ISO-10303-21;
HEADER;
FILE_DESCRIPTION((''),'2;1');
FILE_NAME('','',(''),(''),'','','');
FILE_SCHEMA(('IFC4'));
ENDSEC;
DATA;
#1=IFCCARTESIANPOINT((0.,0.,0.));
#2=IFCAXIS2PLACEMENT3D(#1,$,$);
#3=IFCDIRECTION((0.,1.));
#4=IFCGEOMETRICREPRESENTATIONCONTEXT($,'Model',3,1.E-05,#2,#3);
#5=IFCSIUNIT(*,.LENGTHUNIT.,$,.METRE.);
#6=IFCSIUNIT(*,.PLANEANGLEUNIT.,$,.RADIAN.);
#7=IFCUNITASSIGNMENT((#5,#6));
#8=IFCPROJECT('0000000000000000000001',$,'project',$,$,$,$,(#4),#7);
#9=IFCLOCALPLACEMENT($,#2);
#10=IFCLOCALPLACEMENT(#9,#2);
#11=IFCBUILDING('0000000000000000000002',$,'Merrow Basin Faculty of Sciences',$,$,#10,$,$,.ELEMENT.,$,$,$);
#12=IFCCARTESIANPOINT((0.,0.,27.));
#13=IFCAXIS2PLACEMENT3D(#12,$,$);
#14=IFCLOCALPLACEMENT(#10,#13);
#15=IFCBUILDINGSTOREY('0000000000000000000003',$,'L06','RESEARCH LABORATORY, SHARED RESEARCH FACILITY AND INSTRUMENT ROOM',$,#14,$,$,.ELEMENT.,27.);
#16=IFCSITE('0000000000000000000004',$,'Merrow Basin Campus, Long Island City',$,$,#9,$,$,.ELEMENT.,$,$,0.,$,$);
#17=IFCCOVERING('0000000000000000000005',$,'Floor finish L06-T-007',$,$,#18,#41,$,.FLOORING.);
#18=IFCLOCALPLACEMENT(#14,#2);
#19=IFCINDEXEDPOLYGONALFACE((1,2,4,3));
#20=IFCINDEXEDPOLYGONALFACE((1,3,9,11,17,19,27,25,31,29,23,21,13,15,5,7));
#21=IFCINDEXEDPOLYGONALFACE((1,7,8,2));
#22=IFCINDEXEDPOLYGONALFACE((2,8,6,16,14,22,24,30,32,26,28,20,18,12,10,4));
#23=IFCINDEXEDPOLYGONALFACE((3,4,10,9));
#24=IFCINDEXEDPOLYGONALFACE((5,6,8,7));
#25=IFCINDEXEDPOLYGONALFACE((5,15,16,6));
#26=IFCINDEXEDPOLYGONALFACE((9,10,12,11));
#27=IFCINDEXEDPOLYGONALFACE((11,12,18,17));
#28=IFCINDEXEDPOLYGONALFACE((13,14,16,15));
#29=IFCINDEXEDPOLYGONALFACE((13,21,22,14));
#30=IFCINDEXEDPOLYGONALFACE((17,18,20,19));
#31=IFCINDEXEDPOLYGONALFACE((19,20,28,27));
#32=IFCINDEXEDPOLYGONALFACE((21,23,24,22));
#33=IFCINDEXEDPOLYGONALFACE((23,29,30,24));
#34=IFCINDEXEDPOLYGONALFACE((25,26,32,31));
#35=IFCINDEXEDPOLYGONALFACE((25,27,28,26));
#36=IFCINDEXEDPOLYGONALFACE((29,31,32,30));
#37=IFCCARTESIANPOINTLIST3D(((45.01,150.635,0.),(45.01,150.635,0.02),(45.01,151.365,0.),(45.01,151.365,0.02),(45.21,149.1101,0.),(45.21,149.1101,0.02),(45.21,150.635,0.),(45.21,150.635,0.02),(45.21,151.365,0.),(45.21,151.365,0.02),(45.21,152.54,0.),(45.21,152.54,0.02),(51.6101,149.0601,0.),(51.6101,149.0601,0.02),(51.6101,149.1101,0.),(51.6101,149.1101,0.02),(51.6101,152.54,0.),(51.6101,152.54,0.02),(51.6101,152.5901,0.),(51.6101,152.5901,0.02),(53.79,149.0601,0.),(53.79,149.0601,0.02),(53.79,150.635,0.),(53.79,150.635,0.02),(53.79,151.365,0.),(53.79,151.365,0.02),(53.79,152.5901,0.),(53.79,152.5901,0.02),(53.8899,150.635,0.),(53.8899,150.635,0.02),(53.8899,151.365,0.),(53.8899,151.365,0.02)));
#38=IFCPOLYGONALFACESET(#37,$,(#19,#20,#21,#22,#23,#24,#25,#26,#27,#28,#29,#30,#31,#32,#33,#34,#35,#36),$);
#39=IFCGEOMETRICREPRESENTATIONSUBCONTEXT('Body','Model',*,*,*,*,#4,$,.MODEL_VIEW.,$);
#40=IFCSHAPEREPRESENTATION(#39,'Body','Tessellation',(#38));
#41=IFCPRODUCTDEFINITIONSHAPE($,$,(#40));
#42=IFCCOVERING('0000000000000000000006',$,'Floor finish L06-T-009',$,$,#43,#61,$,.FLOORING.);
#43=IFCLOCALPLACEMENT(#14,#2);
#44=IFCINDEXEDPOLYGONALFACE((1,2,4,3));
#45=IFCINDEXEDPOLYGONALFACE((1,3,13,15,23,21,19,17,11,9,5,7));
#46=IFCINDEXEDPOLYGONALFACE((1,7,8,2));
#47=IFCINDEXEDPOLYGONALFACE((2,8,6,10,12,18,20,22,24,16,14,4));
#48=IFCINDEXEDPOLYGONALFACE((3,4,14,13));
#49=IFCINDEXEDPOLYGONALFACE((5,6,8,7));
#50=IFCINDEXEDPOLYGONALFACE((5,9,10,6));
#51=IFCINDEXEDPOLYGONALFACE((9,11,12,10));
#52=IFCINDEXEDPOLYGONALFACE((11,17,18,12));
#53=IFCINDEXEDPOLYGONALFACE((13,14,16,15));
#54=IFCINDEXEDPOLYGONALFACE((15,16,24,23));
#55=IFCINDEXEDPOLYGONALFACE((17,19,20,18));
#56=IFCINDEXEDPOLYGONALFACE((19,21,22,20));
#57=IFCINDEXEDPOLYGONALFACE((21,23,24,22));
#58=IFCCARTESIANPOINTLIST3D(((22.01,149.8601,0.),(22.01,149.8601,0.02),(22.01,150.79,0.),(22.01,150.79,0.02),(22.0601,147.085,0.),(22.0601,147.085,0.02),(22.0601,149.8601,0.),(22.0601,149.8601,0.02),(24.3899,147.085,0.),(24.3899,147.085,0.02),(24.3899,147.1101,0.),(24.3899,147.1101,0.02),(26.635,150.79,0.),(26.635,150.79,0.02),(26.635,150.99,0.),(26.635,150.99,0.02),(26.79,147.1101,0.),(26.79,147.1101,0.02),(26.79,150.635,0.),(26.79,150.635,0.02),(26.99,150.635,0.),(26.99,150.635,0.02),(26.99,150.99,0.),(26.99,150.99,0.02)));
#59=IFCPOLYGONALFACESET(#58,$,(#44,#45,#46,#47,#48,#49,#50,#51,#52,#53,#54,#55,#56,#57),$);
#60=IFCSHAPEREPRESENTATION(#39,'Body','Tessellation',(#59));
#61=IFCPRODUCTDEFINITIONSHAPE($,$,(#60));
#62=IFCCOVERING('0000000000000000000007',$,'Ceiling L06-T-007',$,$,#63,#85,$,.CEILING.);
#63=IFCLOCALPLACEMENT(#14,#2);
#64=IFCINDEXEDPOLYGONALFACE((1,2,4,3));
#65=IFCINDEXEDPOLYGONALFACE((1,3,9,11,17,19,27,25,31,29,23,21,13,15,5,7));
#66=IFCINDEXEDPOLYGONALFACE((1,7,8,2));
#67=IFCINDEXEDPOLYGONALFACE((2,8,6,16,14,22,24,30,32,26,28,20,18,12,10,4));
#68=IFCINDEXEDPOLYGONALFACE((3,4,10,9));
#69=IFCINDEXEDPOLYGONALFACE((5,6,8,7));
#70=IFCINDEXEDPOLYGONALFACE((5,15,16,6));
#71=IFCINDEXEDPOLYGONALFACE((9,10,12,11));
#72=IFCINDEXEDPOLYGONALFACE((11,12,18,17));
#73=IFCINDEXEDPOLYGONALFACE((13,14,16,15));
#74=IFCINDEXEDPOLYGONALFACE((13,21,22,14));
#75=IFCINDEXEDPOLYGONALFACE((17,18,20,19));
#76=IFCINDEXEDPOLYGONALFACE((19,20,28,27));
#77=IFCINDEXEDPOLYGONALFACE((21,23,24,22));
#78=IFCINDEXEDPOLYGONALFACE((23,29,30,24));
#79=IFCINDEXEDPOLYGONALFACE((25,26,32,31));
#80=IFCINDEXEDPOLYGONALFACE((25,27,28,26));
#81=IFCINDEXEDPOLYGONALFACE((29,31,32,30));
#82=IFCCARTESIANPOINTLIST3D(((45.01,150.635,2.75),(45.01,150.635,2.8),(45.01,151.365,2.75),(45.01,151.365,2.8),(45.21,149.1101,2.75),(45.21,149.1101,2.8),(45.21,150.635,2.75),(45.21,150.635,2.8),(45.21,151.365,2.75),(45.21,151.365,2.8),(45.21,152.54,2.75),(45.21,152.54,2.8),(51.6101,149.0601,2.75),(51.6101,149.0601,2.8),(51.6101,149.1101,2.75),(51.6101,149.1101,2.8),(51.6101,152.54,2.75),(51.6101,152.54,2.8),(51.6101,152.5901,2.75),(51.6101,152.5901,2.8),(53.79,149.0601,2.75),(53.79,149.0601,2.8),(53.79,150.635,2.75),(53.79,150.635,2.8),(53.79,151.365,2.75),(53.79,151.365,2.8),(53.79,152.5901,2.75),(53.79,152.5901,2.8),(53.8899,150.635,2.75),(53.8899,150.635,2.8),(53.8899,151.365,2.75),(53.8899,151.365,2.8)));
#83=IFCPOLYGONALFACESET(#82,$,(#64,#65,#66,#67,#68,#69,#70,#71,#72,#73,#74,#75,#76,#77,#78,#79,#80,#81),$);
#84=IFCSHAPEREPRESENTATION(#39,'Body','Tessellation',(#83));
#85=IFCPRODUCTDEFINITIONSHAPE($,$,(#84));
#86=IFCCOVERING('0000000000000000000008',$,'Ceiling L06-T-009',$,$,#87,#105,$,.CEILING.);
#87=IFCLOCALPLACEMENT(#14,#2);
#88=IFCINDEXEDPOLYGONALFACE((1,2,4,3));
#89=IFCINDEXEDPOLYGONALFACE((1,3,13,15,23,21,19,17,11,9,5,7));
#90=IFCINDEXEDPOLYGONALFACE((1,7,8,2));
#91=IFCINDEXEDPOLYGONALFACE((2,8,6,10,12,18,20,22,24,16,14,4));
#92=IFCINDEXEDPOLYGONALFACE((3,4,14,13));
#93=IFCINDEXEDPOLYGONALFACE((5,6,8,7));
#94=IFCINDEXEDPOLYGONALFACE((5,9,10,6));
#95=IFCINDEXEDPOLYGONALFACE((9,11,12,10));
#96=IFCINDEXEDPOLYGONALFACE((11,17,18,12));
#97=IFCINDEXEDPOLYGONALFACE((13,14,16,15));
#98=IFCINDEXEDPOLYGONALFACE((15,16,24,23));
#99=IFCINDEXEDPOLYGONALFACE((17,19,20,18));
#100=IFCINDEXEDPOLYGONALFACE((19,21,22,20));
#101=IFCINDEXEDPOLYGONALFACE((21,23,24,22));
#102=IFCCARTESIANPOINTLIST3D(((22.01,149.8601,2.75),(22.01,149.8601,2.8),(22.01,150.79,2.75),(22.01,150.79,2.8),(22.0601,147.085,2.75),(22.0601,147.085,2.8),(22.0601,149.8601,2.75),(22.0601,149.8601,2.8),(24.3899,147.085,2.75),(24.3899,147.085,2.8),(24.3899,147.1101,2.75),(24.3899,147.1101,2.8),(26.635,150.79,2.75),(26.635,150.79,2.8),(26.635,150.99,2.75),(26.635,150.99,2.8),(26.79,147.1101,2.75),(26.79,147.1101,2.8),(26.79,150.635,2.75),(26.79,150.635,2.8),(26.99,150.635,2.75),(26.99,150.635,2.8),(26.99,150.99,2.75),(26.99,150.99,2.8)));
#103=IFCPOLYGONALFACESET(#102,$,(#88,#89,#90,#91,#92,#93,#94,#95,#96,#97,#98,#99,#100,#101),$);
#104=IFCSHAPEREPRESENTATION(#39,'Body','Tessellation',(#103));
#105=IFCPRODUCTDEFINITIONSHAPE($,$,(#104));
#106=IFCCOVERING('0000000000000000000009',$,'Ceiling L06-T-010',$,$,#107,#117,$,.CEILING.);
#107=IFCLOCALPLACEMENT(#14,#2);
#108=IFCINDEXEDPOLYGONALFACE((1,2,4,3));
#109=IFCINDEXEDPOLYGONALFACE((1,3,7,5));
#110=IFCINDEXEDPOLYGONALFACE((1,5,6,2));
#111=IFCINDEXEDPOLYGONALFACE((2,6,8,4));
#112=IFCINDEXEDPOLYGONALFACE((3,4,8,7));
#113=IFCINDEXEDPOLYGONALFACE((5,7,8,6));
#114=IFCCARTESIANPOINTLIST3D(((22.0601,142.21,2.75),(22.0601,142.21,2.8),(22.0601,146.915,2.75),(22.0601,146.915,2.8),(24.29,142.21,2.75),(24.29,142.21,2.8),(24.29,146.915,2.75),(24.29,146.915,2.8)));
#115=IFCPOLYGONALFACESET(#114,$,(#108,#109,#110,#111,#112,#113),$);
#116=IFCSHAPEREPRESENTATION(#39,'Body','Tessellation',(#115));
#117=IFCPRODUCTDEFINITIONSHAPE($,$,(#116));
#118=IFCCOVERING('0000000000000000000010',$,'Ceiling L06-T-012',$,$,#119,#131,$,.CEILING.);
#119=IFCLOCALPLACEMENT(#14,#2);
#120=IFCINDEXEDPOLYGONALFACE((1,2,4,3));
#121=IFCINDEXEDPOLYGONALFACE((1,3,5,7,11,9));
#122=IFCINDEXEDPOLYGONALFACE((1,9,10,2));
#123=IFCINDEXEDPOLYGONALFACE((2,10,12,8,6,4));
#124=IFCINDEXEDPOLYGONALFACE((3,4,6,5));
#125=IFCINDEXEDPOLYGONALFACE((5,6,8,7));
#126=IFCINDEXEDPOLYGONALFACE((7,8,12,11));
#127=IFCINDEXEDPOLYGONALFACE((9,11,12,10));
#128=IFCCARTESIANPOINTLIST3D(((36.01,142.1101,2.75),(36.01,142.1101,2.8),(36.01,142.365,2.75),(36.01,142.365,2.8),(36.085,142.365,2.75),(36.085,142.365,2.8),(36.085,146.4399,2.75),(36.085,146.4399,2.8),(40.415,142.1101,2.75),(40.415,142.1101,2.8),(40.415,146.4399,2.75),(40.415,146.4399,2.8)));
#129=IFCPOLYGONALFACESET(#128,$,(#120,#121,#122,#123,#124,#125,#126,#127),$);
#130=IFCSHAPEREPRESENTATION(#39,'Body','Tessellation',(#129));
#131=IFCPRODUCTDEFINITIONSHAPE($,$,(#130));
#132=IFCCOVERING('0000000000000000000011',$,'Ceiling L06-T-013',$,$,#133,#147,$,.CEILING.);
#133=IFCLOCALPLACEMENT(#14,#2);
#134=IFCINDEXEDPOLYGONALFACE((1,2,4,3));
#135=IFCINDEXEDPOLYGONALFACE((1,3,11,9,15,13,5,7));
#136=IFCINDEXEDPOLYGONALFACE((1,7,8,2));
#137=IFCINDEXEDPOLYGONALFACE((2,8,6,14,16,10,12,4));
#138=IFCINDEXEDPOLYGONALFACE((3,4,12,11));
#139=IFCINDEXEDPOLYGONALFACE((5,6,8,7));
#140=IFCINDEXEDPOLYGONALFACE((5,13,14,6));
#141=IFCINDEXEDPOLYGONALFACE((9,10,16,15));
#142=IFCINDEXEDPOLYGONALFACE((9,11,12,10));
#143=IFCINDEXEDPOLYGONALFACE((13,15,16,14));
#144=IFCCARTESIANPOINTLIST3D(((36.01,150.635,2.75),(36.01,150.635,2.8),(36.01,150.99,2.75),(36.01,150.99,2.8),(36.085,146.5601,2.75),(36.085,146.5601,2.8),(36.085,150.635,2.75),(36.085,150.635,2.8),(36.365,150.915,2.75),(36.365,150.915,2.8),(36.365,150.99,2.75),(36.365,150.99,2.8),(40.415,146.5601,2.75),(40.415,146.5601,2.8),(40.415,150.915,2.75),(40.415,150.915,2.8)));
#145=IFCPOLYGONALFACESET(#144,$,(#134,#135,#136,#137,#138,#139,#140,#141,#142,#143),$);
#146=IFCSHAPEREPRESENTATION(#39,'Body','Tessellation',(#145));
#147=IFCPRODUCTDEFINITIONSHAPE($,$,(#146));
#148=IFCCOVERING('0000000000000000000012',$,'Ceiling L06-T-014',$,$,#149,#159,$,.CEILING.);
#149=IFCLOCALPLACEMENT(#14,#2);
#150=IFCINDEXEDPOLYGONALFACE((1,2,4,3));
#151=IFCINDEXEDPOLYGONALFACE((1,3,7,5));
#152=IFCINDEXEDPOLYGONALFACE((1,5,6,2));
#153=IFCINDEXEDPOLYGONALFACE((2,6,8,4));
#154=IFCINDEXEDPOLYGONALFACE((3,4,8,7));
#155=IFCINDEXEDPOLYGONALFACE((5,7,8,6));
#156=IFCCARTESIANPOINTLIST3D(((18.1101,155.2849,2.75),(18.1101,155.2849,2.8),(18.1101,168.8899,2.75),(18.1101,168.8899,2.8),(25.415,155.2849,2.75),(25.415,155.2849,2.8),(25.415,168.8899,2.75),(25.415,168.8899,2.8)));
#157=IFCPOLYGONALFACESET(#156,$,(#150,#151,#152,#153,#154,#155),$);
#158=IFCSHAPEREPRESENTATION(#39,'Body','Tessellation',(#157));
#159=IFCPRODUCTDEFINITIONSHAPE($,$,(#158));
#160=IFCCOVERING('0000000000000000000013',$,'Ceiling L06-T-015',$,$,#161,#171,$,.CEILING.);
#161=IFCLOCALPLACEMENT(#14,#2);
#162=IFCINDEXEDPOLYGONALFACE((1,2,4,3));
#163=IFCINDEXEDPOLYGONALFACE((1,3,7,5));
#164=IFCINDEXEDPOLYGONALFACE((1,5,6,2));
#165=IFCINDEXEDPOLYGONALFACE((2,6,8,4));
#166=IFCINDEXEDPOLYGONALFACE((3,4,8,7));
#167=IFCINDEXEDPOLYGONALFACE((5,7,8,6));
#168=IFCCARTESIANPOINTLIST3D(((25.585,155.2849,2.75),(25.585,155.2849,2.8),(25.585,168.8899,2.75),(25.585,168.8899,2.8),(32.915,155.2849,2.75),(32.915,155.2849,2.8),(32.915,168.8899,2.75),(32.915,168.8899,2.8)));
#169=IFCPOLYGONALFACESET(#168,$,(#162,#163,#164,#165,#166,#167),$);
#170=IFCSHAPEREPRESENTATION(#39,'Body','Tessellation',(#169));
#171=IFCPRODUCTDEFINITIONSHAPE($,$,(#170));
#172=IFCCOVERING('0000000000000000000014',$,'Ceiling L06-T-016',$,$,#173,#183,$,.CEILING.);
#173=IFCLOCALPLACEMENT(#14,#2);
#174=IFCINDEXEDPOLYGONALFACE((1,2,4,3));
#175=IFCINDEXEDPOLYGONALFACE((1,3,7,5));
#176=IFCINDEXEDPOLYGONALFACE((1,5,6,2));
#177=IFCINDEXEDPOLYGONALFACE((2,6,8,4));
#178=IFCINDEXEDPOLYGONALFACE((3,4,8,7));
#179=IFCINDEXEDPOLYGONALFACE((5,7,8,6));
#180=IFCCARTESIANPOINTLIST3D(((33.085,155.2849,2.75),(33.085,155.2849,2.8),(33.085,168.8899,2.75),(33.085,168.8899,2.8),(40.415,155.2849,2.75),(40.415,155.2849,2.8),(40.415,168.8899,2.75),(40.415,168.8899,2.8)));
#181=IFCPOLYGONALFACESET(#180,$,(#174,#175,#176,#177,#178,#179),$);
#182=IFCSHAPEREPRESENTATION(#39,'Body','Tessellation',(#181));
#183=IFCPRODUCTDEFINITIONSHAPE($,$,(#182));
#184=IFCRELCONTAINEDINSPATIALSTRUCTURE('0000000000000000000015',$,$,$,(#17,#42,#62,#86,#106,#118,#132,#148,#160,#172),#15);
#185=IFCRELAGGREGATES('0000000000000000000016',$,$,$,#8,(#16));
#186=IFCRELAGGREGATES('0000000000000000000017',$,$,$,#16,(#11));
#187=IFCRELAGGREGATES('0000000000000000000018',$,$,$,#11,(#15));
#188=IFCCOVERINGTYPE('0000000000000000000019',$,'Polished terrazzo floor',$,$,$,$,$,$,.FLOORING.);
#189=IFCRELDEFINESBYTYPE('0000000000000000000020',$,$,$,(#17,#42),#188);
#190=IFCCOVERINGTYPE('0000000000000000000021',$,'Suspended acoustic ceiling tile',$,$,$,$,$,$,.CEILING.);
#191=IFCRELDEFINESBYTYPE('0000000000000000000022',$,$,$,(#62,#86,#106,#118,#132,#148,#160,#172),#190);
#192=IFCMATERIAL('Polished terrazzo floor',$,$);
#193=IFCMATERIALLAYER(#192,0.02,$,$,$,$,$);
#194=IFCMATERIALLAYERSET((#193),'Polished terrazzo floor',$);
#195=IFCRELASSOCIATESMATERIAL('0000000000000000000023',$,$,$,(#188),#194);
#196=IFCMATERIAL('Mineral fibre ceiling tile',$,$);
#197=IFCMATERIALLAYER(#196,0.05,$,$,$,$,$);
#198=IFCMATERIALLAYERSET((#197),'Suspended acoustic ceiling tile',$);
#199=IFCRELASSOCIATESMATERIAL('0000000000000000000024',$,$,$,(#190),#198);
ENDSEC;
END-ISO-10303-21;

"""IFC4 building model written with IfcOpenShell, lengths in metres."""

from ifc_helpers import new_model, si_unit, direction, frame, origin, place, context, subcontext, project, spatial, polyline, outline, extrude, material, layer, layer_set, type_object, element, save


model = new_model("IFC4")

# Units and contexts
model_context = context("Model", 3, precision=1e-05, world=origin(), true_north=direction((0.0, 1.0)))
body_context = subcontext(model_context, "Body", "Model", "MODEL_VIEW")
ifc_project = project(units=[si_unit("LENGTHUNIT", "METRE"), si_unit("PLANEANGLEUNIT", "RADIAN")], contexts=[model_context])

# Site, building, storey
site_placement = place(None, origin())
site = spatial("IfcSite", under=ifc_project, at=site_placement, Name="Merrow Basin Campus, Long Island City", CompositionType="ELEMENT", RefElevation=0.0)
building_placement = place(site_placement, origin())
building = spatial("IfcBuilding", under=site, at=building_placement, Name="Merrow Basin Faculty of Sciences", CompositionType="ELEMENT")
storey_placement = place(building_placement, frame((0.0, 0.0, 27.0)))
storey = spatial("IfcBuildingStorey", under=building, at=storey_placement, Name="L06", Description="RESEARCH LABORATORY, SHARED RESEARCH FACILITY AND INSTRUMENT ROOM", CompositionType="ELEMENT", Elevation=27.0)

# Coverings
ifc_material_1 = material(Name="Polished terrazzo floor")
ifc_layer_1 = layer(ifc_material_1, 0.02)
ifc_layer_set_1 = layer_set([ifc_layer_1], Name="Polished terrazzo floor")
covering_type_1 = type_object("IfcCoveringType", Name="Polished terrazzo floor", PredefinedType="FLOORING", material=ifc_layer_set_1)
covering_1_placement = place(storey_placement, origin())
element("IfcCovering", 1, at=covering_1_placement, inside=storey, type_object=covering_type_1, Name="Floor finish L06-T-007", PredefinedType="FLOORING", context=body_context, shape_type="SweptSolid", body=[
    extrude(outline(polyline([(45.01, 151.365), (45.21, 151.365), (45.21, 152.54), (51.6101, 152.54), (51.6101, 152.5901), (53.79, 152.5901), (53.79, 151.365), (53.8899, 151.365), (53.8899, 150.635), (53.79, 150.635), (53.79, 149.0601), (51.6101, 149.0601), (51.6101, 149.1101), (45.21, 149.1101), (45.21, 150.635), (45.01, 150.635), (45.01, 151.365)])), origin(), (0.0, 0.0, 1.0), 0.02),
])
covering_2_placement = place(storey_placement, origin())
element("IfcCovering", 2, at=covering_2_placement, inside=storey, type_object=covering_type_1, Name="Floor finish L06-T-009", PredefinedType="FLOORING", context=body_context, shape_type="SweptSolid", body=[
    extrude(outline(polyline([(26.99, 150.99), (26.99, 150.635), (26.79, 150.635), (26.79, 147.1101), (24.3899, 147.1101), (24.3899, 147.085), (22.0601, 147.085), (22.0601, 149.8601), (22.01, 149.8601), (22.01, 150.79), (26.635, 150.79), (26.635, 150.99), (26.99, 150.99)])), origin(), (0.0, 0.0, 1.0), 0.02),
])
ifc_material_2 = material(Name="Mineral fibre ceiling tile")
ifc_layer_2 = layer(ifc_material_2, 0.05)
ifc_layer_set_2 = layer_set([ifc_layer_2], Name="Suspended acoustic ceiling tile")
covering_type_2 = type_object("IfcCoveringType", Name="Suspended acoustic ceiling tile", PredefinedType="CEILING", material=ifc_layer_set_2)
covering_3_placement = place(storey_placement, frame((0.0, 0.0, 2.75)))
element("IfcCovering", 3, at=covering_3_placement, inside=storey, type_object=covering_type_2, Name="Ceiling L06-T-007", PredefinedType="CEILING", context=body_context, shape_type="SweptSolid", body=[
    extrude(outline(polyline([(45.01, 151.365), (45.21, 151.365), (45.21, 152.54), (51.6101, 152.54), (51.6101, 152.5901), (53.79, 152.5901), (53.79, 151.365), (53.8899, 151.365), (53.8899, 150.635), (53.79, 150.635), (53.79, 149.0601), (51.6101, 149.0601), (51.6101, 149.1101), (45.21, 149.1101), (45.21, 150.635), (45.01, 150.635), (45.01, 151.365)])), origin(), (0.0, 0.0, 1.0), 0.05),
])
covering_4_placement = place(storey_placement, frame((0.0, 0.0, 2.75)))
element("IfcCovering", 4, at=covering_4_placement, inside=storey, type_object=covering_type_2, Name="Ceiling L06-T-009", PredefinedType="CEILING", context=body_context, shape_type="SweptSolid", body=[
    extrude(outline(polyline([(26.99, 150.99), (26.99, 150.635), (26.79, 150.635), (26.79, 147.1101), (24.3899, 147.1101), (24.3899, 147.085), (22.0601, 147.085), (22.0601, 149.8601), (22.01, 149.8601), (22.01, 150.79), (26.635, 150.79), (26.635, 150.99), (26.99, 150.99)])), origin(), (0.0, 0.0, 1.0), 0.05),
])
covering_5_placement = place(storey_placement, frame((0.0, 0.0, 2.75)))
element("IfcCovering", 5, at=covering_5_placement, inside=storey, type_object=covering_type_2, Name="Ceiling L06-T-010", PredefinedType="CEILING", context=body_context, shape_type="SweptSolid", body=[
    extrude(outline(polyline([(24.29, 142.21), (22.0601, 142.21), (22.0601, 146.915), (24.29, 146.915), (24.29, 142.21)])), origin(), (0.0, 0.0, 1.0), 0.05),
])
covering_6_placement = place(storey_placement, frame((0.0, 0.0, 2.75)))
element("IfcCovering", 6, at=covering_6_placement, inside=storey, type_object=covering_type_2, Name="Ceiling L06-T-012", PredefinedType="CEILING", context=body_context, shape_type="SweptSolid", body=[
    extrude(outline(polyline([(36.01, 142.1101), (36.01, 142.365), (36.085, 142.365), (36.085, 146.4399), (40.415, 146.4399), (40.415, 142.1101), (36.01, 142.1101)])), origin(), (0.0, 0.0, 1.0), 0.05),
])
covering_7_placement = place(storey_placement, frame((0.0, 0.0, 2.75)))
element("IfcCovering", 7, at=covering_7_placement, inside=storey, type_object=covering_type_2, Name="Ceiling L06-T-013", PredefinedType="CEILING", context=body_context, shape_type="SweptSolid", body=[
    extrude(outline(polyline([(36.01, 150.99), (36.365, 150.99), (36.365, 150.915), (40.415, 150.915), (40.415, 146.5601), (36.085, 146.5601), (36.085, 150.635), (36.01, 150.635), (36.01, 150.99)])), origin(), (0.0, 0.0, 1.0), 0.05),
])
covering_8_placement = place(storey_placement, frame((0.0, 0.0, 2.75)))
element("IfcCovering", 8, at=covering_8_placement, inside=storey, type_object=covering_type_2, Name="Ceiling L06-T-014", PredefinedType="CEILING", context=body_context, shape_type="SweptSolid", body=[
    extrude(outline(polyline([(18.1101, 168.8899), (25.415, 168.8899), (25.415, 155.2849), (18.1101, 155.2849), (18.1101, 168.8899)])), origin(), (0.0, 0.0, 1.0), 0.05),
])
covering_9_placement = place(storey_placement, frame((0.0, 0.0, 2.75)))
element("IfcCovering", 9, at=covering_9_placement, inside=storey, type_object=covering_type_2, Name="Ceiling L06-T-015", PredefinedType="CEILING", context=body_context, shape_type="SweptSolid", body=[
    extrude(outline(polyline([(32.915, 168.8899), (32.915, 155.2849), (25.585, 155.2849), (25.585, 168.8899), (32.915, 168.8899)])), origin(), (0.0, 0.0, 1.0), 0.05),
])
covering_10_placement = place(storey_placement, frame((0.0, 0.0, 2.75)))
element("IfcCovering", 10, at=covering_10_placement, inside=storey, type_object=covering_type_2, Name="Ceiling L06-T-016", PredefinedType="CEILING", context=body_context, shape_type="SweptSolid", body=[
    extrude(outline(polyline([(40.415, 168.8899), (40.415, 155.2849), (33.085, 155.2849), (33.085, 168.8899), (40.415, 168.8899)])), origin(), (0.0, 0.0, 1.0), 0.05),
])

save(model, "model.ifc")
